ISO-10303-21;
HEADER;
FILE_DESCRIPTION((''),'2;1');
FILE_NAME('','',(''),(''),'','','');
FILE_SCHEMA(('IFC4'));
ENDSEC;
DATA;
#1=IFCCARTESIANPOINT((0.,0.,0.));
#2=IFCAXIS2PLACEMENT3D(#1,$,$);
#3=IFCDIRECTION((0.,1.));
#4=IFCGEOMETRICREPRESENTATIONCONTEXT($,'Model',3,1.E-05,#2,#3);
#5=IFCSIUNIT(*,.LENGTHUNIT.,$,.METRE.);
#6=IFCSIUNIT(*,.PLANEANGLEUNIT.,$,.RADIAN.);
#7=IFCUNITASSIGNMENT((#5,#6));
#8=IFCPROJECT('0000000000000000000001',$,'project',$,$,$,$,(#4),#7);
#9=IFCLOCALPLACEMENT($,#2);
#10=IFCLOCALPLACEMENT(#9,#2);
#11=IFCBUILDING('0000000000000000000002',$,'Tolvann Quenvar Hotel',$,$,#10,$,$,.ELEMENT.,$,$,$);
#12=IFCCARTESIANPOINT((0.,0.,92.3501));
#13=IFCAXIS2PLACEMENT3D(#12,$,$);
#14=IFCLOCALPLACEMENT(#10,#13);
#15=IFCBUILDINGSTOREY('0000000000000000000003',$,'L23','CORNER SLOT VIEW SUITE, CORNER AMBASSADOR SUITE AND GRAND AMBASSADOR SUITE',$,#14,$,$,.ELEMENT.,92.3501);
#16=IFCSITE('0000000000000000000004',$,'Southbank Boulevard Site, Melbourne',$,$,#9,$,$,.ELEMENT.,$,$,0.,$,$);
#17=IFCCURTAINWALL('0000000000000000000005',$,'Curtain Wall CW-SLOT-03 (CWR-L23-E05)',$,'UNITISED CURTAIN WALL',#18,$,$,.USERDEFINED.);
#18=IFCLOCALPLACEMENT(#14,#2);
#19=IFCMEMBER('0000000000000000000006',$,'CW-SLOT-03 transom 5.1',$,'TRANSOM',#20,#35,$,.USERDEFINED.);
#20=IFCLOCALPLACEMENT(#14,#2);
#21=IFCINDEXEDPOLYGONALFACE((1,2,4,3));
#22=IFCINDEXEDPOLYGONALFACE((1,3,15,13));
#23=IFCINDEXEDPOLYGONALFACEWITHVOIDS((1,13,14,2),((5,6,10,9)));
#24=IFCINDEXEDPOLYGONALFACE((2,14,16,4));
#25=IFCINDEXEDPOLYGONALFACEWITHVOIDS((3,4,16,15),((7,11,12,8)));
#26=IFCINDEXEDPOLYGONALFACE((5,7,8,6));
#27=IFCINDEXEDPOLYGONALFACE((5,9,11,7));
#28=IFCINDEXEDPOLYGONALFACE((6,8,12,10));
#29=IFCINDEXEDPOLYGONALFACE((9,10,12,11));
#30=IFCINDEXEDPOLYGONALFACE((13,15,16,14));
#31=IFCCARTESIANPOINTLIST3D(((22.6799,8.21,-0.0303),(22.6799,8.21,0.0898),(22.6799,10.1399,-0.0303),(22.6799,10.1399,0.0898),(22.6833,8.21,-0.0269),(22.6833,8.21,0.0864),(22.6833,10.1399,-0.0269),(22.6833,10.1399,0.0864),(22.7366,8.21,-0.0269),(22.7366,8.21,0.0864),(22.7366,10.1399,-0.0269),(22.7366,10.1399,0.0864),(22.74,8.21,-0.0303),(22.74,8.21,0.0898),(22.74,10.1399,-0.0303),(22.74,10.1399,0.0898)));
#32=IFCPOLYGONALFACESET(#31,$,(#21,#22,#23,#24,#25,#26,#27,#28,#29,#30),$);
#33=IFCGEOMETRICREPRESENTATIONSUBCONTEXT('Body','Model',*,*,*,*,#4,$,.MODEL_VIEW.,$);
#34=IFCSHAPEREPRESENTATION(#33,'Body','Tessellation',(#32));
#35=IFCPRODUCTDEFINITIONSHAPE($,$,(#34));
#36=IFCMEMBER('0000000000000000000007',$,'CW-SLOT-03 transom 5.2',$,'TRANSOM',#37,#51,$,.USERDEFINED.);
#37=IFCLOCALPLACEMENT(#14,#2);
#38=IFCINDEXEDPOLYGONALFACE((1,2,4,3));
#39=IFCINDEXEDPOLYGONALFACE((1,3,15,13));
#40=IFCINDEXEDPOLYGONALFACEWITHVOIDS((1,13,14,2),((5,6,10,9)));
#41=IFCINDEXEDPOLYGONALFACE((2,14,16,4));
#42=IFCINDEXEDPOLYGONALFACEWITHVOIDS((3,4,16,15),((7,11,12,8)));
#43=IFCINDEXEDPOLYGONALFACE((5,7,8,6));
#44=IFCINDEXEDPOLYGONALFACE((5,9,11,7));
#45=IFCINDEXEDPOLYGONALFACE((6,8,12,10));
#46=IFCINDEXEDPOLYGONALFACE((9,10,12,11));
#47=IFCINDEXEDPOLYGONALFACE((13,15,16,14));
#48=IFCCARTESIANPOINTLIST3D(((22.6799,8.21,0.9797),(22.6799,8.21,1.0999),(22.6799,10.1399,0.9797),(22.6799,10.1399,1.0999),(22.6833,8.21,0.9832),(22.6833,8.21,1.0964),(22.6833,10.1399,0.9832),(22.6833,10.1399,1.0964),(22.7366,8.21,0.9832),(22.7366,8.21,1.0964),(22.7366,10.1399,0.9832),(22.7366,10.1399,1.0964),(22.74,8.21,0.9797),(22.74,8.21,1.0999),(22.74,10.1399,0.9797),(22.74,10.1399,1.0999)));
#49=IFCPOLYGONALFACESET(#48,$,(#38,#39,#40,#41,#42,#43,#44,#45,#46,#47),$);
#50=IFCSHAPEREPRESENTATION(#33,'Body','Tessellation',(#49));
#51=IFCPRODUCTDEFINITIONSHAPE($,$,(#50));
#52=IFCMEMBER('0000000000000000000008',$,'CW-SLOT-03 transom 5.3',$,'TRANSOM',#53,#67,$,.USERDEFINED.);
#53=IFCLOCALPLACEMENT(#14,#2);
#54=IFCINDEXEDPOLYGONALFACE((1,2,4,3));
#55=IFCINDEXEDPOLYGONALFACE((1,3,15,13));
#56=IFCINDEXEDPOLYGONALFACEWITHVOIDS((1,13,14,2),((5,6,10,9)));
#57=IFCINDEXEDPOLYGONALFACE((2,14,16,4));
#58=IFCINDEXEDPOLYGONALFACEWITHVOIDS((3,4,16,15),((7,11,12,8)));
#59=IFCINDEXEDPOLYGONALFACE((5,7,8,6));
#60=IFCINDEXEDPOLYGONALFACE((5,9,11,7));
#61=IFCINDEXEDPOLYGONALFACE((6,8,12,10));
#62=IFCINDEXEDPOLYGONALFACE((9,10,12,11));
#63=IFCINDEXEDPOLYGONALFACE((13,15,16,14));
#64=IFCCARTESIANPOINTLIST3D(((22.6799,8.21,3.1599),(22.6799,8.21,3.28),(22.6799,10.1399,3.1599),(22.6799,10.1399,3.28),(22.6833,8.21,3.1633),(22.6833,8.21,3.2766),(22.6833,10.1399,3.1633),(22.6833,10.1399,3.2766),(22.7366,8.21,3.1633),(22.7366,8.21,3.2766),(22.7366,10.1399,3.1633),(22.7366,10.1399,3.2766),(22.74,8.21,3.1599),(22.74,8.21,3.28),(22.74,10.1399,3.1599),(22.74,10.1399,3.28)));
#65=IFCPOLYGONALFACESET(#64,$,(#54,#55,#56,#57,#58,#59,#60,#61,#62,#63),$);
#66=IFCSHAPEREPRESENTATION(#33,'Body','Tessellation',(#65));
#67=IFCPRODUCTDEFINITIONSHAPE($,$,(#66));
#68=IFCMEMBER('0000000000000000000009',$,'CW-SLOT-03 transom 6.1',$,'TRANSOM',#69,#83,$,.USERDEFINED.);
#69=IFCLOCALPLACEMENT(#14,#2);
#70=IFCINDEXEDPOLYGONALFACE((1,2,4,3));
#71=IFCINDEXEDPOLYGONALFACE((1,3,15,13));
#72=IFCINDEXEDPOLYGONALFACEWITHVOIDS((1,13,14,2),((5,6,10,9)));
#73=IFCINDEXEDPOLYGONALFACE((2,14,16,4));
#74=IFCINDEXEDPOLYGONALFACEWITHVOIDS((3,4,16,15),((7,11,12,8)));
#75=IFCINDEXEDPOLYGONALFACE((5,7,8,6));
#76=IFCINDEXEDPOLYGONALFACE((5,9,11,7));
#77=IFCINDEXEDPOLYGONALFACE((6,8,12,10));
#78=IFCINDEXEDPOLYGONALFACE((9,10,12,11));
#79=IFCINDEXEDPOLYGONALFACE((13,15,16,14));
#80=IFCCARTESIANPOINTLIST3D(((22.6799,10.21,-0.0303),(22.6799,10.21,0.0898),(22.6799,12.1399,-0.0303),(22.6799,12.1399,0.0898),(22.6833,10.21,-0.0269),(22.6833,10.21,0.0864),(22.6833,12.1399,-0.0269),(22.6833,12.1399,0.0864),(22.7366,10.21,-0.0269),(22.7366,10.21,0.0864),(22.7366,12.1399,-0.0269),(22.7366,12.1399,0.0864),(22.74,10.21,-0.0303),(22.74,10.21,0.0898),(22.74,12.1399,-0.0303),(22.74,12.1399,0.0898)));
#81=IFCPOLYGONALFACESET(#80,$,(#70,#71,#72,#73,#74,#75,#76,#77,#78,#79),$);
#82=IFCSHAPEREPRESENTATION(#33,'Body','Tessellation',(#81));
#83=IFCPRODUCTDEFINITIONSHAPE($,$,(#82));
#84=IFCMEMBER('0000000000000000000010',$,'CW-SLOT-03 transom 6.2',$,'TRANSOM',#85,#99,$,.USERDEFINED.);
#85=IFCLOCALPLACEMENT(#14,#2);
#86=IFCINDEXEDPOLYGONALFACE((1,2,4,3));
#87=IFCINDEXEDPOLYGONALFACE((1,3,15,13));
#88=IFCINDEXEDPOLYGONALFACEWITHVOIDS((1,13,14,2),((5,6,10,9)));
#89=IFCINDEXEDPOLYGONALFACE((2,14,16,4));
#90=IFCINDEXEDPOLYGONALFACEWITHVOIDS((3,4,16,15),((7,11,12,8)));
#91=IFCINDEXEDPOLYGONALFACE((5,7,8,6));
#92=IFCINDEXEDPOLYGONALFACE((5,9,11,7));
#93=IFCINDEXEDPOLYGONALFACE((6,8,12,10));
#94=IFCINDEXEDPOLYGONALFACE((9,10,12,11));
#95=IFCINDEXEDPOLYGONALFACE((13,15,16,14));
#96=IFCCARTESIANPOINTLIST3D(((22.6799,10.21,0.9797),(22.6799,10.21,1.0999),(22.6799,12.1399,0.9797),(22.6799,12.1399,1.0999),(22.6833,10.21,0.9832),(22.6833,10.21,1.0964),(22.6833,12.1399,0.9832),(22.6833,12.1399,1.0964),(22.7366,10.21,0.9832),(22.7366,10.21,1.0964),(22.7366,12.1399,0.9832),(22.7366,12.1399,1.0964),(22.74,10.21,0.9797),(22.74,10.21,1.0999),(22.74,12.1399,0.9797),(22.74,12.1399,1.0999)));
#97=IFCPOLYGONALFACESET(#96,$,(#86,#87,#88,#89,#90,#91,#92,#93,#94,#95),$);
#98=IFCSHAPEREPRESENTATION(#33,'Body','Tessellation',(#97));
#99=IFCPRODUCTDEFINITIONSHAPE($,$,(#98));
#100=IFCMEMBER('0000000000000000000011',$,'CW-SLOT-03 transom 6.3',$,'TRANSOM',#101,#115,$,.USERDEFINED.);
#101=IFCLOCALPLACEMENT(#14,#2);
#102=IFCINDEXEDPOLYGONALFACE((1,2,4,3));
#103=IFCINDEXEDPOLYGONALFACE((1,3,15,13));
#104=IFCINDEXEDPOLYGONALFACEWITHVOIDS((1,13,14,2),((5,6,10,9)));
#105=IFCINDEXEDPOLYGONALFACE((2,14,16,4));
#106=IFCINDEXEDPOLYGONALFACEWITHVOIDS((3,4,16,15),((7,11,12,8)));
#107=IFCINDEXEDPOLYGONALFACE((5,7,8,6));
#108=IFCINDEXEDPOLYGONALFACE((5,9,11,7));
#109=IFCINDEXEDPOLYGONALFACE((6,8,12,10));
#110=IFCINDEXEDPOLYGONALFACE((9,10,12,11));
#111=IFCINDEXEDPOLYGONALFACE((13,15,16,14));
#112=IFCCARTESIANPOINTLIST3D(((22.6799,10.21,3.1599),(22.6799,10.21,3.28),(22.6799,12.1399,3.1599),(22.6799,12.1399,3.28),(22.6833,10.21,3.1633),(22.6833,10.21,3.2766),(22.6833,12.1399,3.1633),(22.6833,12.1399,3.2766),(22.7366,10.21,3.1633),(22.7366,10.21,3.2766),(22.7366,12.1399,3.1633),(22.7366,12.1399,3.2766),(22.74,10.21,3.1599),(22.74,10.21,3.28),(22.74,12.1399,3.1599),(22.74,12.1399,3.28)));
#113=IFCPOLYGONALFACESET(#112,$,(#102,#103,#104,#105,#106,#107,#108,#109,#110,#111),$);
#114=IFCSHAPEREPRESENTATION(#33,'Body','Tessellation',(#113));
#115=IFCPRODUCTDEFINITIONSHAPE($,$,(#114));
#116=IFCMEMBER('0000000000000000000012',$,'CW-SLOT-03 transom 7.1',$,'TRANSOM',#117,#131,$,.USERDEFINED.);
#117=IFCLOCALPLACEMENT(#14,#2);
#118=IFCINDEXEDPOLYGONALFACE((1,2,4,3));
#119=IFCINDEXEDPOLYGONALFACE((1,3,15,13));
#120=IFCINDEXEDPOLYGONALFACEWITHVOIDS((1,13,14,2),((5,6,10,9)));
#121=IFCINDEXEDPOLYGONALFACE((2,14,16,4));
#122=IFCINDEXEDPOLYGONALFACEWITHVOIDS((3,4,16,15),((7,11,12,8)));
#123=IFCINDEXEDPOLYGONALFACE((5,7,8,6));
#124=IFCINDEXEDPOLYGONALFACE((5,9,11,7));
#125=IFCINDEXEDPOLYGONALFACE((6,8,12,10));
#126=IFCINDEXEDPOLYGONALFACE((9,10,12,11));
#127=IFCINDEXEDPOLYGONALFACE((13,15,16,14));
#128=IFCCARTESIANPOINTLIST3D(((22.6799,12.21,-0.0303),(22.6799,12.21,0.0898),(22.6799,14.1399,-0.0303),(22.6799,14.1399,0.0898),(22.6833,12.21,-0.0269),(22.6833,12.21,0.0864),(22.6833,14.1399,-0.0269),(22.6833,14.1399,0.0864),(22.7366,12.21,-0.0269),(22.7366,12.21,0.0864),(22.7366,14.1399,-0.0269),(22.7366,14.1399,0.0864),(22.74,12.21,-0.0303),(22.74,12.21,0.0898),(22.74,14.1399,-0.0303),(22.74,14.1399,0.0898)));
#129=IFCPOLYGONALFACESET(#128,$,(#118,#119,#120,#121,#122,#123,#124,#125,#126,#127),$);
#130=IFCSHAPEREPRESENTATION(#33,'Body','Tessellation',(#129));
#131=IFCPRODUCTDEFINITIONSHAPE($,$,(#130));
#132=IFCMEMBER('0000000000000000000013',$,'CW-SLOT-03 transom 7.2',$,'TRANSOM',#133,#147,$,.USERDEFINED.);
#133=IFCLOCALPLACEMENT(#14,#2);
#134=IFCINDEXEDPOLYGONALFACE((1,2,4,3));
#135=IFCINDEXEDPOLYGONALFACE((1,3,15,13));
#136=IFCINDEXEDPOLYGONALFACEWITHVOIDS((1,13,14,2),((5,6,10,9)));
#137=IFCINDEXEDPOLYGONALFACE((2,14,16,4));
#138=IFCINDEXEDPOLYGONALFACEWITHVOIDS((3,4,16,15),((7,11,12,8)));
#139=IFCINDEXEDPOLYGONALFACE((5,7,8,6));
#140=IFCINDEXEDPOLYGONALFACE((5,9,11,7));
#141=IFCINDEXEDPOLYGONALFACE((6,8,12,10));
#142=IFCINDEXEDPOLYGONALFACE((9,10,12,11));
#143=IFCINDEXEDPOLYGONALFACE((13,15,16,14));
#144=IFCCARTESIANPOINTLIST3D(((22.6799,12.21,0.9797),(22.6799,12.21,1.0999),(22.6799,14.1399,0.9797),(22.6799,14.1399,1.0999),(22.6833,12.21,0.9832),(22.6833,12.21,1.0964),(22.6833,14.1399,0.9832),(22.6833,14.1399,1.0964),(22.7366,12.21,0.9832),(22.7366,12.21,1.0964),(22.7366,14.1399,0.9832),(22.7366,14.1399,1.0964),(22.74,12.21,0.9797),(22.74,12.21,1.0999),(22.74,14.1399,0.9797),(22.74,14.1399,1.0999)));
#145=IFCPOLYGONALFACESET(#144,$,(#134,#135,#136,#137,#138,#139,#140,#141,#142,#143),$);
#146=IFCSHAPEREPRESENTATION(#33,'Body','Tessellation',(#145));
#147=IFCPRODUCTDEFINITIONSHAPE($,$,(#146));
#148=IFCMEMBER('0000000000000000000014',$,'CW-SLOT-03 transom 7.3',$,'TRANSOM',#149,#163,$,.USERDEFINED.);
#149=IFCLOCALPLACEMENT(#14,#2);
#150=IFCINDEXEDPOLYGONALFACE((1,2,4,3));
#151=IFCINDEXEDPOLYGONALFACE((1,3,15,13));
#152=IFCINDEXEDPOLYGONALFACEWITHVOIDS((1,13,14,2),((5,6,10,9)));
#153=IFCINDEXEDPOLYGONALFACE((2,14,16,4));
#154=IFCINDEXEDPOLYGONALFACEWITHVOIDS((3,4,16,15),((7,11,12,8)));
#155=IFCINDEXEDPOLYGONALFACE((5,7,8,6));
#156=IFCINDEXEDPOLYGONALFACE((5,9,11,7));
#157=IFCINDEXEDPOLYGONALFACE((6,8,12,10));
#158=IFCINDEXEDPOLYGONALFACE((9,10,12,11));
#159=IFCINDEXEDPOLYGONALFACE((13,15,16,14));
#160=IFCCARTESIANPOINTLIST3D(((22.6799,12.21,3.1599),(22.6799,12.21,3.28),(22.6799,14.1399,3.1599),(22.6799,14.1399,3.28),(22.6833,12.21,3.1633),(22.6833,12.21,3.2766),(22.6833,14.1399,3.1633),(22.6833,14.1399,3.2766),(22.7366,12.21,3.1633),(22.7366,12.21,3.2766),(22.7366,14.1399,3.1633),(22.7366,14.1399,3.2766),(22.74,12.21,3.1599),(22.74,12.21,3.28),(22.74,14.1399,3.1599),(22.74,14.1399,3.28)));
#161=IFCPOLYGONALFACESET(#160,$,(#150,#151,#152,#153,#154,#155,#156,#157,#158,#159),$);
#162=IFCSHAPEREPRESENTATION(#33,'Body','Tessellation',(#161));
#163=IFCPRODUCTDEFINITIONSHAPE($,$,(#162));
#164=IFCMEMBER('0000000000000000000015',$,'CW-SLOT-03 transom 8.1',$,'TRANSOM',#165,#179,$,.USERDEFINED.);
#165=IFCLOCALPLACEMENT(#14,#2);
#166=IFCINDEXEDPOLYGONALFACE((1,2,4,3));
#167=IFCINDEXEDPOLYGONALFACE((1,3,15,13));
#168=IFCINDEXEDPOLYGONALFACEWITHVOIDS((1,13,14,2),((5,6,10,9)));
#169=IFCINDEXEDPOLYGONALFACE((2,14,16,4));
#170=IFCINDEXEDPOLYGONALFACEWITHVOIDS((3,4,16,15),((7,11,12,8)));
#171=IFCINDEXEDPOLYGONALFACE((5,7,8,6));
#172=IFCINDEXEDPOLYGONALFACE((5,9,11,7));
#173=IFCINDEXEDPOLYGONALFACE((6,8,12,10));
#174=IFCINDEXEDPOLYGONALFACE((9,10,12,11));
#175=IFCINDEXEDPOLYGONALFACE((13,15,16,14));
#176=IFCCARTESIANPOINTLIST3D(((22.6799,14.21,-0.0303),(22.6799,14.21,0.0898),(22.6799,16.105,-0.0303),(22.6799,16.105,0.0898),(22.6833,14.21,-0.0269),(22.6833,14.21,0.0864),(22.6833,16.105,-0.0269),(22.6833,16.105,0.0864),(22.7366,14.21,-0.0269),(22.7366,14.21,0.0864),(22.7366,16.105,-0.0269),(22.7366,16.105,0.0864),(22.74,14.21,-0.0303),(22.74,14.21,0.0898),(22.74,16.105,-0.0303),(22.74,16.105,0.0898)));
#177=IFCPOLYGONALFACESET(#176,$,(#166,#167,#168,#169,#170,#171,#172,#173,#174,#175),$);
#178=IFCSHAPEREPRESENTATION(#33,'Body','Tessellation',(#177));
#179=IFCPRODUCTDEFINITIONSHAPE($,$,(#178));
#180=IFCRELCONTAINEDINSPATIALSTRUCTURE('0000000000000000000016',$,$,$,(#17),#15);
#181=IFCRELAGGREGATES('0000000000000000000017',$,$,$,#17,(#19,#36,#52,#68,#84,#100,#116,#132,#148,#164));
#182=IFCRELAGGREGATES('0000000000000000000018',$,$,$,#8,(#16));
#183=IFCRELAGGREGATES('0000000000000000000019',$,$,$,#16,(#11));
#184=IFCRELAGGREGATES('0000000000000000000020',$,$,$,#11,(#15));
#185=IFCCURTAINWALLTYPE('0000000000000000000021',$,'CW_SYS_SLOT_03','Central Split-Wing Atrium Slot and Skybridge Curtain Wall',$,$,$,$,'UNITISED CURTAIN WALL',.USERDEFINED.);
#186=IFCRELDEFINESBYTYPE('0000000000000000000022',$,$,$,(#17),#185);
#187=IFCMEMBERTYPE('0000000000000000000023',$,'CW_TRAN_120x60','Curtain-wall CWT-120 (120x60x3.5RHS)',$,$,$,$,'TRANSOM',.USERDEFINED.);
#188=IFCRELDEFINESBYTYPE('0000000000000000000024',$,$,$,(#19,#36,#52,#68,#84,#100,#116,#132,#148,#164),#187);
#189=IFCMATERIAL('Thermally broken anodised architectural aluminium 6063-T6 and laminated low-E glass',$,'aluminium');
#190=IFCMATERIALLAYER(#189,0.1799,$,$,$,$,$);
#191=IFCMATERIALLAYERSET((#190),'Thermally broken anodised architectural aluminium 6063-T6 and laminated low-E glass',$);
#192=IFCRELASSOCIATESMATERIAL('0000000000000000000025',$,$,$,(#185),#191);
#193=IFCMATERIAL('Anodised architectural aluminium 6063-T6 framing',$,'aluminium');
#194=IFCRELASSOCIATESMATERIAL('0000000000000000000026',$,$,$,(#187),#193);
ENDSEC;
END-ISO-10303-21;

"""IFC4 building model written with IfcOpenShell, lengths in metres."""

from ifc_helpers import new_model, si_unit, direction, frame, origin, origin_2d, place, context, subcontext, project, spatial, hollow_rectangle, extrude, source, transform, mapped, material, layer, layer_set, material_profile, profile_set, type_object, type_shapes, element, aggregate, save


model = new_model("IFC4")

# Units and contexts
model_context = context("Model", 3, precision=1e-05, world=origin(), true_north=direction((0.0, 1.0)))
body_context = subcontext(model_context, "Body", "Model", "MODEL_VIEW")
ifc_project = project(units=[si_unit("LENGTHUNIT", "METRE"), si_unit("PLANEANGLEUNIT", "RADIAN")], contexts=[model_context])

# Site, building, storey
site_placement = place(None, origin())
site = spatial("IfcSite", under=ifc_project, at=site_placement, Name="Southbank Boulevard Site, Melbourne", CompositionType="ELEMENT", RefElevation=0.0)
building_placement = place(site_placement, origin())
building = spatial("IfcBuilding", under=site, at=building_placement, Name="Tolvann Quenvar Hotel", CompositionType="ELEMENT")
storey_placement = place(building_placement, frame((0.0, 0.0, 92.3501)))
storey = spatial("IfcBuildingStorey", under=building, at=storey_placement, Name="L23", Description="CORNER SLOT VIEW SUITE, CORNER AMBASSADOR SUITE AND GRAND AMBASSADOR SUITE", CompositionType="ELEMENT", Elevation=92.3501)

# Curtain wall, members
ifc_material_1 = material(Name="Thermally broken anodised architectural aluminium 6063-T6 and laminated low-E glass", Category="aluminium")
ifc_layer_1 = layer(ifc_material_1, 0.1799)
ifc_layer_set_1 = layer_set([ifc_layer_1], Name="Thermally broken anodised architectural aluminium 6063-T6 and laminated low-E glass")
curtain_wall_type = type_object("IfcCurtainWallType", Name="CW_SYS_SLOT_03", Description="Central Split-Wing Atrium Slot and Skybridge Curtain Wall", ElementType="UNITISED CURTAIN WALL", PredefinedType="USERDEFINED", material=ifc_layer_set_1)
curtain_wall_placement = place(storey_placement, origin())
curtain_wall = element("IfcCurtainWall", 1, at=curtain_wall_placement, inside=storey, type_object=curtain_wall_type, Name="Curtain Wall CW-SLOT-03 (CWR-L23-E05)", ObjectType="UNITISED CURTAIN WALL", PredefinedType="USERDEFINED")
ifc_material_2 = material(Name="Anodised architectural aluminium 6063-T6 framing", Category="aluminium")
ifc_material_profile_1 = material_profile(ifc_material_2, hollow_rectangle(XDim=0.0601, YDim=0.1201, WallThickness=0.0034, at=origin_2d()), Name="120x60x3.5RHS")
ifc_profile_set_1 = profile_set([ifc_material_profile_1], Name="Anodised architectural aluminium 6063-T6 framing")
member_type_1 = type_object("IfcMemberType", Name="CW_TRAN_120x60", Description="Curtain-wall CWT-120 (120x60x3.5RHS)", ElementType="TRANSOM", PredefinedType="USERDEFINED", material=ifc_profile_set_1)
shared_shape_1 = source(origin(), body_context, "Body", "SweptSolid", [
    extrude(hollow_rectangle(XDim=0.0601, YDim=0.1201, WallThickness=0.0034, at=origin_2d()), origin(), (0.0, 0.0, 1.0), 1.9299),
])
member_1_placement = place(storey_placement, frame((22.71, 8.21, 0.0298), z_axis=(0.0, 1.0, 0.0), x_axis=(-1.0, 0.0, 0.0)))
member_1 = element("IfcMember", 2, at=member_1_placement, type_object=member_type_1, Name="CW-SLOT-03 transom 5.1", ObjectType="TRANSOM", PredefinedType="USERDEFINED", context=body_context, shape_type="MappedRepresentation", body=[
    mapped(shared_shape_1, transform((0.0, 0.0, 0.0), x_axis=(1.0, 0.0, 0.0), y_axis=(0.0, 1.0, 0.0), z_axis=(0.0, 0.0, 1.0), scale=1.0)),
])
member_2_placement = place(storey_placement, frame((22.71, 8.21, 1.0398), z_axis=(0.0, 1.0, 0.0), x_axis=(-1.0, 0.0, 0.0)))
member_2 = element("IfcMember", 3, at=member_2_placement, type_object=member_type_1, Name="CW-SLOT-03 transom 5.2", ObjectType="TRANSOM", PredefinedType="USERDEFINED", context=body_context, shape_type="MappedRepresentation", body=[
    mapped(shared_shape_1, transform((0.0, 0.0, 0.0), x_axis=(1.0, 0.0, 0.0), y_axis=(0.0, 1.0, 0.0), z_axis=(0.0, 0.0, 1.0), scale=1.0)),
])
member_3_placement = place(storey_placement, frame((22.71, 8.21, 3.22), z_axis=(0.0, 1.0, 0.0), x_axis=(-1.0, 0.0, 0.0)))
member_3 = element("IfcMember", 4, at=member_3_placement, type_object=member_type_1, Name="CW-SLOT-03 transom 5.3", ObjectType="TRANSOM", PredefinedType="USERDEFINED", context=body_context, shape_type="MappedRepresentation", body=[
    mapped(shared_shape_1, transform((0.0, 0.0, 0.0), x_axis=(1.0, 0.0, 0.0), y_axis=(0.0, 1.0, 0.0), z_axis=(0.0, 0.0, 1.0), scale=1.0)),
])
member_4_placement = place(storey_placement, frame((22.71, 10.21, 0.0298), z_axis=(0.0, 1.0, 0.0), x_axis=(-1.0, 0.0, 0.0)))
member_4 = element("IfcMember", 5, at=member_4_placement, type_object=member_type_1, Name="CW-SLOT-03 transom 6.1", ObjectType="TRANSOM", PredefinedType="USERDEFINED", context=body_context, shape_type="MappedRepresentation", body=[
    mapped(shared_shape_1, transform((0.0, 0.0, 0.0), x_axis=(1.0, 0.0, 0.0), y_axis=(0.0, 1.0, 0.0), z_axis=(0.0, 0.0, 1.0), scale=1.0)),
])
member_5_placement = place(storey_placement, frame((22.71, 10.21, 1.0398), z_axis=(0.0, 1.0, 0.0), x_axis=(-1.0, 0.0, 0.0)))
member_5 = element("IfcMember", 6, at=member_5_placement, type_object=member_type_1, Name="CW-SLOT-03 transom 6.2", ObjectType="TRANSOM", PredefinedType="USERDEFINED", context=body_context, shape_type="MappedRepresentation", body=[
    mapped(shared_shape_1, transform((0.0, 0.0, 0.0), x_axis=(1.0, 0.0, 0.0), y_axis=(0.0, 1.0, 0.0), z_axis=(0.0, 0.0, 1.0), scale=1.0)),
])
member_6_placement = place(storey_placement, frame((22.71, 10.21, 3.22), z_axis=(0.0, 1.0, 0.0), x_axis=(-1.0, 0.0, 0.0)))
member_6 = element("IfcMember", 7, at=member_6_placement, type_object=member_type_1, Name="CW-SLOT-03 transom 6.3", ObjectType="TRANSOM", PredefinedType="USERDEFINED", context=body_context, shape_type="MappedRepresentation", body=[
    mapped(shared_shape_1, transform((0.0, 0.0, 0.0), x_axis=(1.0, 0.0, 0.0), y_axis=(0.0, 1.0, 0.0), z_axis=(0.0, 0.0, 1.0), scale=1.0)),
])
member_7_placement = place(storey_placement, frame((22.71, 12.21, 0.0298), z_axis=(0.0, 1.0, 0.0), x_axis=(-1.0, 0.0, 0.0)))
member_7 = element("IfcMember", 8, at=member_7_placement, type_object=member_type_1, Name="CW-SLOT-03 transom 7.1", ObjectType="TRANSOM", PredefinedType="USERDEFINED", context=body_context, shape_type="MappedRepresentation", body=[
    mapped(shared_shape_1, transform((0.0, 0.0, 0.0), x_axis=(1.0, 0.0, 0.0), y_axis=(0.0, 1.0, 0.0), z_axis=(0.0, 0.0, 1.0), scale=1.0)),
])
member_8_placement = place(storey_placement, frame((22.71, 12.21, 1.0398), z_axis=(0.0, 1.0, 0.0), x_axis=(-1.0, 0.0, 0.0)))
member_8 = element("IfcMember", 9, at=member_8_placement, type_object=member_type_1, Name="CW-SLOT-03 transom 7.2", ObjectType="TRANSOM", PredefinedType="USERDEFINED", context=body_context, shape_type="MappedRepresentation", body=[
    mapped(shared_shape_1, transform((0.0, 0.0, 0.0), x_axis=(1.0, 0.0, 0.0), y_axis=(0.0, 1.0, 0.0), z_axis=(0.0, 0.0, 1.0), scale=1.0)),
])
member_9_placement = place(storey_placement, frame((22.71, 12.21, 3.22), z_axis=(0.0, 1.0, 0.0), x_axis=(-1.0, 0.0, 0.0)))
member_9 = element("IfcMember", 10, at=member_9_placement, type_object=member_type_1, Name="CW-SLOT-03 transom 7.3", ObjectType="TRANSOM", PredefinedType="USERDEFINED", context=body_context, shape_type="MappedRepresentation", body=[
    mapped(shared_shape_1, transform((0.0, 0.0, 0.0), x_axis=(1.0, 0.0, 0.0), y_axis=(0.0, 1.0, 0.0), z_axis=(0.0, 0.0, 1.0), scale=1.0)),
])
shared_shape_2 = source(origin(), body_context, "Body", "SweptSolid", [
    extrude(hollow_rectangle(XDim=0.0601, YDim=0.1201, WallThickness=0.0034, at=origin_2d()), origin(), (0.0, 0.0, 1.0), 1.895),
])
type_shapes(member_type_1, [shared_shape_1, shared_shape_2])
member_10_placement = place(storey_placement, frame((22.71, 14.21, 0.0298), z_axis=(0.0, 1.0, 0.0), x_axis=(-1.0, 0.0, 0.0)))
member_10 = element("IfcMember", 11, at=member_10_placement, type_object=member_type_1, Name="CW-SLOT-03 transom 8.1", ObjectType="TRANSOM", PredefinedType="USERDEFINED", context=body_context, shape_type="MappedRepresentation", body=[
    mapped(shared_shape_2, transform((0.0, 0.0, 0.0), x_axis=(1.0, 0.0, 0.0), y_axis=(0.0, 1.0, 0.0), z_axis=(0.0, 0.0, 1.0), scale=1.0)),
])
aggregate(curtain_wall, [member_1, member_2, member_3, member_4, member_5, member_6, member_7, member_8, member_9, member_10])

save(model, "model.ifc")
